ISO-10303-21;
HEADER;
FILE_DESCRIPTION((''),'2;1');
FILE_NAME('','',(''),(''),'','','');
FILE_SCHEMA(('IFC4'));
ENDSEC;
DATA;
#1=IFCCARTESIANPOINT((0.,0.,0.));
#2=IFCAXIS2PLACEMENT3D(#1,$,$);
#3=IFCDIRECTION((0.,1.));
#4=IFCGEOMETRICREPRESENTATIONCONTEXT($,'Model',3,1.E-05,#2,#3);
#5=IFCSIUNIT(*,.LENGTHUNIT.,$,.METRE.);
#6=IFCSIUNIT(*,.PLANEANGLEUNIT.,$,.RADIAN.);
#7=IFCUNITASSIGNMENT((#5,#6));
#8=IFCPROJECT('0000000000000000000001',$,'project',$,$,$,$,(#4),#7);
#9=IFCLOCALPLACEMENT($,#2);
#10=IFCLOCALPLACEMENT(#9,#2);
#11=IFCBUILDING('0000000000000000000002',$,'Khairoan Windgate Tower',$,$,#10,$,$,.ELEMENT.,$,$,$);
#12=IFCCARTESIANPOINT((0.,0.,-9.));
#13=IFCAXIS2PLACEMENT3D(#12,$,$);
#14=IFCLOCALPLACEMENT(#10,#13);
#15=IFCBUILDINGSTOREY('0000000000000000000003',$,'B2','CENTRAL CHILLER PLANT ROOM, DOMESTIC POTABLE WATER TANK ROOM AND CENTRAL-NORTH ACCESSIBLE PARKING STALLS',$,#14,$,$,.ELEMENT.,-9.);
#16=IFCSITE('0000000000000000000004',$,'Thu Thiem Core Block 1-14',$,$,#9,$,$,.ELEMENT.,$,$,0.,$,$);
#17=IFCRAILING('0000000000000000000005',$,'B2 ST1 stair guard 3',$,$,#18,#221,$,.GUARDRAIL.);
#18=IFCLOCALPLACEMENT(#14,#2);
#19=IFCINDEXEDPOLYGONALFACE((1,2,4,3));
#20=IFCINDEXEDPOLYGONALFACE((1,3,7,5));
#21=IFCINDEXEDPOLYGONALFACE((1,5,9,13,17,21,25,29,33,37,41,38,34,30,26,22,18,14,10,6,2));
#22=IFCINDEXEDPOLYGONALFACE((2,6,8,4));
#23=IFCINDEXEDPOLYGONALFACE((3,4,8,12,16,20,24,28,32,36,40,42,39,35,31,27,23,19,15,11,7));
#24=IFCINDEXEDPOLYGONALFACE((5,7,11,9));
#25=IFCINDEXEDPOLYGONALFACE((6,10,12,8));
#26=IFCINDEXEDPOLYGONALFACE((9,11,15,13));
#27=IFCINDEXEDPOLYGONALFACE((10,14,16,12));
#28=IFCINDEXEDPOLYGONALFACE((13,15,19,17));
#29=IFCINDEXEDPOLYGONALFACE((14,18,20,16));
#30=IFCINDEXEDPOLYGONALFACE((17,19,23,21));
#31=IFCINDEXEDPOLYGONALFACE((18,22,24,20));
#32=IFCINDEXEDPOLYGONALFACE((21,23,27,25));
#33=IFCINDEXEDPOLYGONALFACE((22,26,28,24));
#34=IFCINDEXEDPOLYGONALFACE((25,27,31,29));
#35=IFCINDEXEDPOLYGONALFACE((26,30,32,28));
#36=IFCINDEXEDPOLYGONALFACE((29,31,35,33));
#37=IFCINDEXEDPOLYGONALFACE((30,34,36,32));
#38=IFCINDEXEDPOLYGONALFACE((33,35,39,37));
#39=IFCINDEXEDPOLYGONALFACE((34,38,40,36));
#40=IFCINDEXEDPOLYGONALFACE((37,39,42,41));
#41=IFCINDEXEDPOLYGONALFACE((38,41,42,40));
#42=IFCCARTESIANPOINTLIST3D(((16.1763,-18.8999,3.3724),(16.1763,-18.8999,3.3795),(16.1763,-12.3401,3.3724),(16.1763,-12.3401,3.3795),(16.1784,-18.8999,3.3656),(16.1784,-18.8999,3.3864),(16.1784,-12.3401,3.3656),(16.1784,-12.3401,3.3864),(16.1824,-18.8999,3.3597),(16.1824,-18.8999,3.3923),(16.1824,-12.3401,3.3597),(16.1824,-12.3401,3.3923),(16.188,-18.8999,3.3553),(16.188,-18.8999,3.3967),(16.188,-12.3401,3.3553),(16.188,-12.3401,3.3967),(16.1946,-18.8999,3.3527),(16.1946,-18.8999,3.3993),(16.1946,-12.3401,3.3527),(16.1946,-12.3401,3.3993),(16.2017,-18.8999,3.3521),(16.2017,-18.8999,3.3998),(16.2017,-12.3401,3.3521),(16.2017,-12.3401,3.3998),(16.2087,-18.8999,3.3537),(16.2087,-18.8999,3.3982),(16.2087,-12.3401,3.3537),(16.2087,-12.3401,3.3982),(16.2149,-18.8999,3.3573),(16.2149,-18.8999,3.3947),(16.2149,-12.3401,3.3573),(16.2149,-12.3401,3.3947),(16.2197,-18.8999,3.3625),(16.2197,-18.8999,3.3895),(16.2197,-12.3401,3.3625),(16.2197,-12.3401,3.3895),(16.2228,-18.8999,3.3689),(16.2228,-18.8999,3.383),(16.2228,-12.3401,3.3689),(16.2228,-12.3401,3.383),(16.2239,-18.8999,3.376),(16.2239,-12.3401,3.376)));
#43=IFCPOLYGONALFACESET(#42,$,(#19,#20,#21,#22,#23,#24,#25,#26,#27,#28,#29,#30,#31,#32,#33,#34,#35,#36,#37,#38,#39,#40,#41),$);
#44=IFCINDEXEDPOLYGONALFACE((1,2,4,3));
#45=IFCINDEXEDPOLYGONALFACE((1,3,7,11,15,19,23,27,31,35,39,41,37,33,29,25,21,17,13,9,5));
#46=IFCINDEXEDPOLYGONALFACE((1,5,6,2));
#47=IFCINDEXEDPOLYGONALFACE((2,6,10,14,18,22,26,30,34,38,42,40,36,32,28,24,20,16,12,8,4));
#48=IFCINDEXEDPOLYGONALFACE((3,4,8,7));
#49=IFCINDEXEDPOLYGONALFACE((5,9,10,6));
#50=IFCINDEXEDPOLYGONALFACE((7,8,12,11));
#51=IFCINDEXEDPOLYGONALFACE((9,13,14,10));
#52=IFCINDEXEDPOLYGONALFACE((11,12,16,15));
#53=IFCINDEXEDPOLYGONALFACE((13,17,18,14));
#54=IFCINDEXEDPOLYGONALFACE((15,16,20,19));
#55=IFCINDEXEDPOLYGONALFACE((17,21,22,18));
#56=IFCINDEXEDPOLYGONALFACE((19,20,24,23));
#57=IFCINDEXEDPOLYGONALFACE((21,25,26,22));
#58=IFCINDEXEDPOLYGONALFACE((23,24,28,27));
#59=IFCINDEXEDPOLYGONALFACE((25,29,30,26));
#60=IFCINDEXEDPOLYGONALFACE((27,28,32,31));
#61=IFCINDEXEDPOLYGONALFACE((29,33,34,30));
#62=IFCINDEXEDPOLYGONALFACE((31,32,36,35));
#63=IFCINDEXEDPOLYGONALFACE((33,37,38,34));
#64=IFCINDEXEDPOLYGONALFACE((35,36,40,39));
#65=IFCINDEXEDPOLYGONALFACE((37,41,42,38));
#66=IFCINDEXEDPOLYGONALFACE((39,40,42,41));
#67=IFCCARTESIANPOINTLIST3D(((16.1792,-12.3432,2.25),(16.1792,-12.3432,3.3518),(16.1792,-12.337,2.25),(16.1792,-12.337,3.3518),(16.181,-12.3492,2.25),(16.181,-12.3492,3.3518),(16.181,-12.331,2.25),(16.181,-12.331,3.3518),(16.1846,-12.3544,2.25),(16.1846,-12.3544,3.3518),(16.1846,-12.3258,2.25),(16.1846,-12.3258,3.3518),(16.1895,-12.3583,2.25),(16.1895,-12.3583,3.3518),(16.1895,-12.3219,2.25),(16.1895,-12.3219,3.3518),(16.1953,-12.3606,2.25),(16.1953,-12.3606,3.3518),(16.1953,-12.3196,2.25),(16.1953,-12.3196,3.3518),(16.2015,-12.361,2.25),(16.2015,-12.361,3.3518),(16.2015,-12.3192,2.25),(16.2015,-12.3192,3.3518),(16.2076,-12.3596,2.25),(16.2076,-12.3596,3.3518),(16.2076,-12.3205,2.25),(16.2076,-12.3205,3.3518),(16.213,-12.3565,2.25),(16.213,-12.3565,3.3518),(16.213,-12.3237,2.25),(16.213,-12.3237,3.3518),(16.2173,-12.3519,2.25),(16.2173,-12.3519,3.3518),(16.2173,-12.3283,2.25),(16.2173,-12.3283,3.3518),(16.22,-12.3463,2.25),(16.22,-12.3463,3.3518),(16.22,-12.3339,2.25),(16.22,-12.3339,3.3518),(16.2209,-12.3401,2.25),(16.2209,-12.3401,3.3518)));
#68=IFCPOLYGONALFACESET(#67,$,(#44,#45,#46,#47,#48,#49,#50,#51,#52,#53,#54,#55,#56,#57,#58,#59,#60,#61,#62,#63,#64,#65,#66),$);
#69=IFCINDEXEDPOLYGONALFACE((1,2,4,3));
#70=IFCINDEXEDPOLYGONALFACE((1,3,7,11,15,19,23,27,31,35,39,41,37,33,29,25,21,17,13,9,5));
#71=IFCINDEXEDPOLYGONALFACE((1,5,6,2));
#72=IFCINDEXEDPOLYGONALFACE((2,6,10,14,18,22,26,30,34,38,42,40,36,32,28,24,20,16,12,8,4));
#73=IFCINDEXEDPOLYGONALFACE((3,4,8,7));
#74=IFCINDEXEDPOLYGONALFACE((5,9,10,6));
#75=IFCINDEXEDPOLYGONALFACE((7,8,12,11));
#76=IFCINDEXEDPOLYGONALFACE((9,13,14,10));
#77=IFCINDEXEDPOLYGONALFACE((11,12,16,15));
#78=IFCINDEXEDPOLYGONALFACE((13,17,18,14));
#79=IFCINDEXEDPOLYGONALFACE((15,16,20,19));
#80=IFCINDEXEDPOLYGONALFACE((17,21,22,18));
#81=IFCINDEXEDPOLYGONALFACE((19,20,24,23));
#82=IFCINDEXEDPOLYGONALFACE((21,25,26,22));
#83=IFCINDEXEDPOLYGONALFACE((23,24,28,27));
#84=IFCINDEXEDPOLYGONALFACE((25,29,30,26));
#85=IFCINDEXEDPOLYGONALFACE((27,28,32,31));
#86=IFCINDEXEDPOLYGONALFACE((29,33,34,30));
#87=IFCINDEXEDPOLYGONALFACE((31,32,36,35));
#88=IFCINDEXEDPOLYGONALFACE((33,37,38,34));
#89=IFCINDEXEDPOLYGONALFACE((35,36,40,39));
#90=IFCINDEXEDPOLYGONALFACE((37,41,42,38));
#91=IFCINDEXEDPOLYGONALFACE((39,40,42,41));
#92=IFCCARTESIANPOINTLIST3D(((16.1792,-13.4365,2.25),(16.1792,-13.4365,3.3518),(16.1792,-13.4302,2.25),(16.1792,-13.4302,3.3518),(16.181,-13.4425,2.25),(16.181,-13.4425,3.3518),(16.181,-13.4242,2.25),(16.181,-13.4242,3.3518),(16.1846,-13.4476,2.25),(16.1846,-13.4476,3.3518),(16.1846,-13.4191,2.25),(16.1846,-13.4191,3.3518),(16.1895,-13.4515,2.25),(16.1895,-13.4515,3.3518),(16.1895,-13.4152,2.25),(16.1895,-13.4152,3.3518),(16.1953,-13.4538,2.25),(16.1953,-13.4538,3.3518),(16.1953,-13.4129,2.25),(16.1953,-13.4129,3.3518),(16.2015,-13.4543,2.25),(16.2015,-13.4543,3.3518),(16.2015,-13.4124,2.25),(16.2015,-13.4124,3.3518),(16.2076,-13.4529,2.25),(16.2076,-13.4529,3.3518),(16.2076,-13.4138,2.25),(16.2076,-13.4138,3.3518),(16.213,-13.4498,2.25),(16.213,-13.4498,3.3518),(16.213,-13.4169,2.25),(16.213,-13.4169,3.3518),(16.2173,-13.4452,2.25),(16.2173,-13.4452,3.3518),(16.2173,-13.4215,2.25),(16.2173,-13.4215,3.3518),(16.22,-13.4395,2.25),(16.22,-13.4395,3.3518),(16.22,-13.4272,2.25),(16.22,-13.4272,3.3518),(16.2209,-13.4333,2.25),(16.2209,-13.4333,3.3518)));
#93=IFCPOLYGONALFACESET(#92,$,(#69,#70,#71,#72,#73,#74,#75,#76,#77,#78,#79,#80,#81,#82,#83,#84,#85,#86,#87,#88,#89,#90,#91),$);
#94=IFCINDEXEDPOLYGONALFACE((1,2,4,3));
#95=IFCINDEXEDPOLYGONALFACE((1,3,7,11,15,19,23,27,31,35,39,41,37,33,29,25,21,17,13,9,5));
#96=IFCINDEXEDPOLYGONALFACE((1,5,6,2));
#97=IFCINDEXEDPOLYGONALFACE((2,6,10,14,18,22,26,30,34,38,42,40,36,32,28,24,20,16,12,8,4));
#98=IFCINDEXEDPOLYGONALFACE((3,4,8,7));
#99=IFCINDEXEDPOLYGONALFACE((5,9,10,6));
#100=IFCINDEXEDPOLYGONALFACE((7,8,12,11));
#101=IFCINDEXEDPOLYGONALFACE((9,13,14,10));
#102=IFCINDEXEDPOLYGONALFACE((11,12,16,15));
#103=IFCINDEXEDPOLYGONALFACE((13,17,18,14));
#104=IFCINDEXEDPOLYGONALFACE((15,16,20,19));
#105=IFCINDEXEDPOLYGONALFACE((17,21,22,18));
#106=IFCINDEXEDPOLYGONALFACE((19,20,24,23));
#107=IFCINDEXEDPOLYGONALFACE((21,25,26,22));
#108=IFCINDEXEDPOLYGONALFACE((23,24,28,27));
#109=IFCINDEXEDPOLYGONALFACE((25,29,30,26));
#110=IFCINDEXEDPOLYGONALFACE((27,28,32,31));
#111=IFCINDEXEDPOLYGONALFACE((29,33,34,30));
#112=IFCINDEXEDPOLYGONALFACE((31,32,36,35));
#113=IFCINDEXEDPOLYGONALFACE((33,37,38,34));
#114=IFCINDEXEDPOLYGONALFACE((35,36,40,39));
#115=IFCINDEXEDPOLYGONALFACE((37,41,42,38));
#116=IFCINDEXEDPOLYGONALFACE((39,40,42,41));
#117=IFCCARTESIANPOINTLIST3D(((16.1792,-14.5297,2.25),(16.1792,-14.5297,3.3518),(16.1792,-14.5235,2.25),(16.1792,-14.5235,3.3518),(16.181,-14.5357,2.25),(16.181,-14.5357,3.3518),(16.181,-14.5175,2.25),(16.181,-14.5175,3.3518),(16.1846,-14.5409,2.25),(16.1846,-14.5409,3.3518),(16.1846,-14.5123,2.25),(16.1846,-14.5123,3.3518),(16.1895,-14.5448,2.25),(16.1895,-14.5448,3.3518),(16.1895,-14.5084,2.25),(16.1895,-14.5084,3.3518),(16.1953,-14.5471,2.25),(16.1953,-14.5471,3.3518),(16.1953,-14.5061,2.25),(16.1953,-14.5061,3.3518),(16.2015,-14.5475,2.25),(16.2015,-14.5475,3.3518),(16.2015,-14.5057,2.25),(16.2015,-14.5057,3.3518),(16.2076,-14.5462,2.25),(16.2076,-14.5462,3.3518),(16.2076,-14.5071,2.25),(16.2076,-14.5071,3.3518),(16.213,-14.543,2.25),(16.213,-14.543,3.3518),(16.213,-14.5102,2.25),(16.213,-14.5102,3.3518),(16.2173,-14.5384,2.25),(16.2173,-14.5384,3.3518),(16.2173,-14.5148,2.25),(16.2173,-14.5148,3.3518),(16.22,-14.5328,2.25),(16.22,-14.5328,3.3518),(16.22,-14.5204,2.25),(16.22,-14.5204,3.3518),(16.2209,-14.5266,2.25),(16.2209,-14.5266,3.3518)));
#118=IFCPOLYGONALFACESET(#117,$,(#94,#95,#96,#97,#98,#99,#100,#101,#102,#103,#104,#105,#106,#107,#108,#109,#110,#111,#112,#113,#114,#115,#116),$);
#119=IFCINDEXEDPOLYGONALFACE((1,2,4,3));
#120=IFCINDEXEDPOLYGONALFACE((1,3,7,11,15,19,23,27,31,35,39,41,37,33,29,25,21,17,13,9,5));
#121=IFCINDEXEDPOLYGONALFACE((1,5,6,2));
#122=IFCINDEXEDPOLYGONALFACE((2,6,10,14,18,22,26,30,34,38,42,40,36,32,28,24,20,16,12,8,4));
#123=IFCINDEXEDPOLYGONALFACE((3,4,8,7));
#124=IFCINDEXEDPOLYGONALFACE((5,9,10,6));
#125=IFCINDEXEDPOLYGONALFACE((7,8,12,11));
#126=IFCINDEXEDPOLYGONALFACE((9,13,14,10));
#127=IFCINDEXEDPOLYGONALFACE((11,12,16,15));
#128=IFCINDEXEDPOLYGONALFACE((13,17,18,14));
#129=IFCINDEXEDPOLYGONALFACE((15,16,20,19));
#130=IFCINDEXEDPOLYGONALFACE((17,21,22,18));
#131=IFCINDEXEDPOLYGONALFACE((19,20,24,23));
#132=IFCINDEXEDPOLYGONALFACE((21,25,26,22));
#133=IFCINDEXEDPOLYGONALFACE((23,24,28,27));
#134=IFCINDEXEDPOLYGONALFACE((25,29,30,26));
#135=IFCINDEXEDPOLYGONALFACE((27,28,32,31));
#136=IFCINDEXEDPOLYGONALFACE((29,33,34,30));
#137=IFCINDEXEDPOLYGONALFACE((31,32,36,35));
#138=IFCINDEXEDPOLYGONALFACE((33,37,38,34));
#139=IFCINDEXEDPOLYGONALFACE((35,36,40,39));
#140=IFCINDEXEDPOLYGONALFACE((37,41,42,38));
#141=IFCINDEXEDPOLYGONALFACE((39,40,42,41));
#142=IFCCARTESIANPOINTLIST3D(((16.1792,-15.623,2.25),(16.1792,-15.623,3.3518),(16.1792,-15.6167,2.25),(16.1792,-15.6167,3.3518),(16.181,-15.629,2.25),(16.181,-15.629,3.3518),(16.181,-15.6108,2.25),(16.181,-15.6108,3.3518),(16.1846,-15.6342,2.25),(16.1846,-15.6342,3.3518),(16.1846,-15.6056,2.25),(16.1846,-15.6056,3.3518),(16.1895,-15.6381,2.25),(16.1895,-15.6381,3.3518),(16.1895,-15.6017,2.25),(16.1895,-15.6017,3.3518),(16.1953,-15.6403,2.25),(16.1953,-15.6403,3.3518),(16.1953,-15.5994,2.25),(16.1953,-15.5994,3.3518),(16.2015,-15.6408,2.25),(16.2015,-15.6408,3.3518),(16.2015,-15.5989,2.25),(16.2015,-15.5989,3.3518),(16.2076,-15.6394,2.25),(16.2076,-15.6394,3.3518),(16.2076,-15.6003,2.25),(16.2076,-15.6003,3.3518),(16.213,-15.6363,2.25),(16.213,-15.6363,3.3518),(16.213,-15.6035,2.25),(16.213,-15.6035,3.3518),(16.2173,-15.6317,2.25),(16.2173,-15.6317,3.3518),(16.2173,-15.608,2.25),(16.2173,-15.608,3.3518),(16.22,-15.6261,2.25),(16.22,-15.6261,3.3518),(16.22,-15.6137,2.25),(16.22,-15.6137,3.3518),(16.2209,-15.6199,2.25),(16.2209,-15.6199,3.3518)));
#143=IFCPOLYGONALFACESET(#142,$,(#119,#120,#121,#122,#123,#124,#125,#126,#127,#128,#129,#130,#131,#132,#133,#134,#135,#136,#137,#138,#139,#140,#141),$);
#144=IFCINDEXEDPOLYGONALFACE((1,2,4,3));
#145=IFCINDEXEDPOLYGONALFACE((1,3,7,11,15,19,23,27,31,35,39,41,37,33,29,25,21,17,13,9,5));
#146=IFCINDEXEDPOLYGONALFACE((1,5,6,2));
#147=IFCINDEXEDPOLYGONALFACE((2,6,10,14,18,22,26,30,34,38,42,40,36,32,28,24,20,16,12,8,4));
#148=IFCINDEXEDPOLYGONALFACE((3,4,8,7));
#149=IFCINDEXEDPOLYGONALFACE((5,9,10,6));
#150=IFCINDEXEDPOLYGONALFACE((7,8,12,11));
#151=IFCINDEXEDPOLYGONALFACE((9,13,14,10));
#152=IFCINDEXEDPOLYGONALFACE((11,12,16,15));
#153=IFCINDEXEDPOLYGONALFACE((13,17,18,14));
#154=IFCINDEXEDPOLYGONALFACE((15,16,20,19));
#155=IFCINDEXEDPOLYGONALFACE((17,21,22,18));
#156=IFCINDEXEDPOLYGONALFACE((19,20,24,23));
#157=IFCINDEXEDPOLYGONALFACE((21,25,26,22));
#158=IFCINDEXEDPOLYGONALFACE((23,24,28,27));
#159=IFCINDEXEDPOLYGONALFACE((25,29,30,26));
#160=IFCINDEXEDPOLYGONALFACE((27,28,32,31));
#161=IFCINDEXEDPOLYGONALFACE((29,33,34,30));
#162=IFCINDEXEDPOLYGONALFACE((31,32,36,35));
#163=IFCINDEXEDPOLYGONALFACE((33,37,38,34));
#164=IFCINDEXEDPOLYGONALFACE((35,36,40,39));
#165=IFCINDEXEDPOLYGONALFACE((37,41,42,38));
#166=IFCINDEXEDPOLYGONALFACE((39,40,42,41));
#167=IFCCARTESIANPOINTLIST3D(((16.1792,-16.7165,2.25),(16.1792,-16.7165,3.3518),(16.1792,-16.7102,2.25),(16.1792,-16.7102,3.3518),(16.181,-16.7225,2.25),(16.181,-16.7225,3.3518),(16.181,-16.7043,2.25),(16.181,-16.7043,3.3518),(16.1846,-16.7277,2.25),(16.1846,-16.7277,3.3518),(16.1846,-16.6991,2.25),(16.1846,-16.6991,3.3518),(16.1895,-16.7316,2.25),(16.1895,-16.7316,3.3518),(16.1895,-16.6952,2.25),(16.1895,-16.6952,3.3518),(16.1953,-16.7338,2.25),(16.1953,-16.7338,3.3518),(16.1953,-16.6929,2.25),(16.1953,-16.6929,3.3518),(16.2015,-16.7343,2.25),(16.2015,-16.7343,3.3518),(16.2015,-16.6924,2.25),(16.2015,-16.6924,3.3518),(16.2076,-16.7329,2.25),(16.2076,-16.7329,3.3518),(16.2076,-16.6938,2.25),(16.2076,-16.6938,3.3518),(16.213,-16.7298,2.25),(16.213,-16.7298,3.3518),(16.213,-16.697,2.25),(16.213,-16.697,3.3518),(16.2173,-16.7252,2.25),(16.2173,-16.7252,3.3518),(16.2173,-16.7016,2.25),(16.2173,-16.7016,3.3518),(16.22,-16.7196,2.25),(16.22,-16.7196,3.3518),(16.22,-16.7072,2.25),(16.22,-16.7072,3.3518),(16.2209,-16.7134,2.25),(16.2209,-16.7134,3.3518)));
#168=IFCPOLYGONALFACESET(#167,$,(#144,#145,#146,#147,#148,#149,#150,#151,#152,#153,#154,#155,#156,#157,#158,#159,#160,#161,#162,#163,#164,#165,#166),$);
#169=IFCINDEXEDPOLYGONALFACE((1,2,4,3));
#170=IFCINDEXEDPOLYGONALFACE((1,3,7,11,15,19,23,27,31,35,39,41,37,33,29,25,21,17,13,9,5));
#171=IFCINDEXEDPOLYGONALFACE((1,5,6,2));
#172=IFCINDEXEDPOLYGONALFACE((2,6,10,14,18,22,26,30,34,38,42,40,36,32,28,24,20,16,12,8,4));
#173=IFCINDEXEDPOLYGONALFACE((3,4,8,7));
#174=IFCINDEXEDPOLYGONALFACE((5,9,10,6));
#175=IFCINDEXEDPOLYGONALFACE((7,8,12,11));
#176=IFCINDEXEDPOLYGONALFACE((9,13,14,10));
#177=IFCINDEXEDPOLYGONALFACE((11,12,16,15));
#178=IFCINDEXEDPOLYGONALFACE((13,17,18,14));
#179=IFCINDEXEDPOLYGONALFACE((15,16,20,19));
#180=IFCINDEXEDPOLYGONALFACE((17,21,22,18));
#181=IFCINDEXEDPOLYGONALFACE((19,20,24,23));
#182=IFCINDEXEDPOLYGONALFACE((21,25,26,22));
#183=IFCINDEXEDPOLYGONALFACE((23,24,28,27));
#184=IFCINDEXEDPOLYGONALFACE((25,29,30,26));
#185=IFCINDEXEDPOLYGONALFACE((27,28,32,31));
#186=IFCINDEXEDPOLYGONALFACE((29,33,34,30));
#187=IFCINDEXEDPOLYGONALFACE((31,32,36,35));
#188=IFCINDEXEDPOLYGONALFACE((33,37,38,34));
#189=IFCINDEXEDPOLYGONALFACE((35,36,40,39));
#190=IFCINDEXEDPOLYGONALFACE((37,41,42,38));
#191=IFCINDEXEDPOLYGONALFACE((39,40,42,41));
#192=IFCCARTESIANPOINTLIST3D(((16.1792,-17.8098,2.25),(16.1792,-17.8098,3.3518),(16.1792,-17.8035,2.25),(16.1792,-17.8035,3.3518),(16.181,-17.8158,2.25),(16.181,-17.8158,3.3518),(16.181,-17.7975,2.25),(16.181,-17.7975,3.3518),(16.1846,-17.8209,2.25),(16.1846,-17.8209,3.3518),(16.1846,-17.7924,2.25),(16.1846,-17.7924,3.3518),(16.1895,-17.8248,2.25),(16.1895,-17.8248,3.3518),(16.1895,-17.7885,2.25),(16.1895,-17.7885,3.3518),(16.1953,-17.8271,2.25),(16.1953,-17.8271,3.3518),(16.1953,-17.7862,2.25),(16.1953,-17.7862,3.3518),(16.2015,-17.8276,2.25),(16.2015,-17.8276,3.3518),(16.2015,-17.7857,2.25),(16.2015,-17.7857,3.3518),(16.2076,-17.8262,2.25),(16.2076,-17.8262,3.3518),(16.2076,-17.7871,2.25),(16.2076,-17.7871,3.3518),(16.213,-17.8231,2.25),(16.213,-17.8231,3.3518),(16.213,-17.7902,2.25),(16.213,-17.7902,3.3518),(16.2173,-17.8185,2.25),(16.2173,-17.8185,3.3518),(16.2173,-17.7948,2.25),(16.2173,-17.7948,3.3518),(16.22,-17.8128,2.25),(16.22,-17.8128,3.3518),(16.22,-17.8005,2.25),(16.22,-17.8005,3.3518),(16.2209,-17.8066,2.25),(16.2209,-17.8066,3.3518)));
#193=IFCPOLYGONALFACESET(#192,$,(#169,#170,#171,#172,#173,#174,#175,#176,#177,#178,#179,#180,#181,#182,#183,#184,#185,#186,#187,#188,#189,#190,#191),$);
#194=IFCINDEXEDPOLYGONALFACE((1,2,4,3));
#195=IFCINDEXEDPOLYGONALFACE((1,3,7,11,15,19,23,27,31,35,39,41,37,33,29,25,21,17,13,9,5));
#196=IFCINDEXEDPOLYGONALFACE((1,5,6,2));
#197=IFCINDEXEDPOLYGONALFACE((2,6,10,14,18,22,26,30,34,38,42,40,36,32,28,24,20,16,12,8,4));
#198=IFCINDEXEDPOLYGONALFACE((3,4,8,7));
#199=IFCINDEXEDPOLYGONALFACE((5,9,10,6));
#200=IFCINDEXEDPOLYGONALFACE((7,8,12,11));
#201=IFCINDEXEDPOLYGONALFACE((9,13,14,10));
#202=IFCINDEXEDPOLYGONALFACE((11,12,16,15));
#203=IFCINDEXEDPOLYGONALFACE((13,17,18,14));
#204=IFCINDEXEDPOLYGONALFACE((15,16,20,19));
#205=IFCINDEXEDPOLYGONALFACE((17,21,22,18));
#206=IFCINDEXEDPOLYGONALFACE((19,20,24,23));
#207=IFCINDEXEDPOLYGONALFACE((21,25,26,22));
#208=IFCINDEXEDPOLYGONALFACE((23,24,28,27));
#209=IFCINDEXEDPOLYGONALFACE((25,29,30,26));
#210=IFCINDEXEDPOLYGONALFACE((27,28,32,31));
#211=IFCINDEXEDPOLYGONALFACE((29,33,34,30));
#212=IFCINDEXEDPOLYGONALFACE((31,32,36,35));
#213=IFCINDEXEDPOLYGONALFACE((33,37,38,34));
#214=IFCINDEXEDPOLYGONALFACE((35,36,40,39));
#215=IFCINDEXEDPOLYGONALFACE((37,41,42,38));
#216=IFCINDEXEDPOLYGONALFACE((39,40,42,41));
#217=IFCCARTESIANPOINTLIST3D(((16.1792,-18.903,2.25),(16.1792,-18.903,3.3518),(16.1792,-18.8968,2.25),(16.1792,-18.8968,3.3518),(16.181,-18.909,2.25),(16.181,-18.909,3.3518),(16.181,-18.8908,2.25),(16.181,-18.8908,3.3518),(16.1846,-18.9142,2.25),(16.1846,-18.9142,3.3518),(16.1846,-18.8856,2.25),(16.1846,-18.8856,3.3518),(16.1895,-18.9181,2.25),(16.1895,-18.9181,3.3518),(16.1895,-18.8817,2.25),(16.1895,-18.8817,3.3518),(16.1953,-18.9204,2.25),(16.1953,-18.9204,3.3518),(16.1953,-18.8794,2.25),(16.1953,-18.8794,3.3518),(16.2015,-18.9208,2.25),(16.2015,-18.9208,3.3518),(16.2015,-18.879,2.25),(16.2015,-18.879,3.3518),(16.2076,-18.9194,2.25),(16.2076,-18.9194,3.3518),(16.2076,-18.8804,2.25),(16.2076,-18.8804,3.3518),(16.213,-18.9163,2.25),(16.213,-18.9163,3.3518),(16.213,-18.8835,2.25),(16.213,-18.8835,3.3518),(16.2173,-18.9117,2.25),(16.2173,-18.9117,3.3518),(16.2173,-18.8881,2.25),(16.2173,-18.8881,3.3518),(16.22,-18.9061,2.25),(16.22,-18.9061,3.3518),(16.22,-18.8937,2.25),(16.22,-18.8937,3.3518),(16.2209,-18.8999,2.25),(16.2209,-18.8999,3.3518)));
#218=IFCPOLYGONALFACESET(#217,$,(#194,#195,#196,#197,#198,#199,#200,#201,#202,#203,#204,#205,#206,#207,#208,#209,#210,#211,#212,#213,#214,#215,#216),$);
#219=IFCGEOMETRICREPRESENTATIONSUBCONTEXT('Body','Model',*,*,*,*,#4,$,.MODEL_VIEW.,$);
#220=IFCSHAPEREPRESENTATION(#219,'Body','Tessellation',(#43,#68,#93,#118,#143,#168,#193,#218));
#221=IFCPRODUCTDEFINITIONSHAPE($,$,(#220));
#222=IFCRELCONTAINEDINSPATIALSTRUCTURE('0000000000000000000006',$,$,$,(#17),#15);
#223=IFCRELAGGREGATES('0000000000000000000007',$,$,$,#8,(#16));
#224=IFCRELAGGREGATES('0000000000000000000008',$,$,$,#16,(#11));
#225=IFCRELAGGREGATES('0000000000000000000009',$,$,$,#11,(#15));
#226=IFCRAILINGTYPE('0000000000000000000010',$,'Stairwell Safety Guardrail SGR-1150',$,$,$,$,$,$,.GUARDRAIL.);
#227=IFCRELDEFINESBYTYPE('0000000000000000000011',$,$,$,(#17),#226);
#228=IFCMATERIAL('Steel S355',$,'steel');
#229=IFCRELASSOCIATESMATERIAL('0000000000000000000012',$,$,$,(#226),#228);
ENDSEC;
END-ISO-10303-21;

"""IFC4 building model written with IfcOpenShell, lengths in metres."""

from ifc_helpers import new_model, si_unit, direction, frame, origin, origin_2d, place, context, subcontext, project, spatial, circle, extrude, material, type_object, element, save


model = new_model("IFC4")

# Units and contexts
model_context = context("Model", 3, precision=1e-05, world=origin(), true_north=direction((0.0, 1.0)))
body_context = subcontext(model_context, "Body", "Model", "MODEL_VIEW")
ifc_project = project(units=[si_unit("LENGTHUNIT", "METRE"), si_unit("PLANEANGLEUNIT", "RADIAN")], contexts=[model_context])

# Site, building, storey
site_placement = place(None, origin())
site = spatial("IfcSite", under=ifc_project, at=site_placement, Name="Thu Thiem Core Block 1-14", CompositionType="ELEMENT", RefElevation=0.0)
building_placement = place(site_placement, origin())
building = spatial("IfcBuilding", under=site, at=building_placement, Name="Khairoan Windgate Tower", CompositionType="ELEMENT")
storey_placement = place(building_placement, frame((0.0, 0.0, -9.0)))
storey = spatial("IfcBuildingStorey", under=building, at=storey_placement, Name="B2", Description="CENTRAL CHILLER PLANT ROOM, DOMESTIC POTABLE WATER TANK ROOM AND CENTRAL-NORTH ACCESSIBLE PARKING STALLS", CompositionType="ELEMENT", Elevation=-9.0)

# Railing
ifc_material_1 = material(Name="Steel S355", Category="steel")
railing_type = type_object("IfcRailingType", Name="Stairwell Safety Guardrail SGR-1150", PredefinedType="GUARDRAIL", material=ifc_material_1)
railing_1_placement = place(storey_placement, frame((16.2, -12.3401, 2.25)))
element("IfcRailing", 1, at=railing_1_placement, inside=storey, type_object=railing_type, Name="B2 ST1 stair guard 3", PredefinedType="GUARDRAIL", context=body_context, shape_type="SweptSolid", body=[
    extrude(circle(Radius=0.0239, at=origin_2d()), frame((0.0, 0.0, 1.126), z_axis=(0.0, -1.0, 0.0), x_axis=(1.0, 0.0, 0.0)), (0.0, 0.0, 1.0), 6.5598),
    extrude(circle(Radius=0.021, at=origin_2d()), origin(), (0.0, 0.0, 1.0), 1.1018),
    extrude(circle(Radius=0.021, at=origin_2d()), frame((0.0, -1.0933, 0.0)), (0.0, 0.0, 1.0), 1.1018),
    extrude(circle(Radius=0.021, at=origin_2d()), frame((0.0, -2.1865, 0.0)), (0.0, 0.0, 1.0), 1.1018),
    extrude(circle(Radius=0.021, at=origin_2d()), frame((0.0, -3.2798, 0.0)), (0.0, 0.0, 1.0), 1.1018),
    extrude(circle(Radius=0.021, at=origin_2d()), frame((0.0, -4.3733, 0.0)), (0.0, 0.0, 1.0), 1.1018),
    extrude(circle(Radius=0.021, at=origin_2d()), frame((0.0, -5.4666, 0.0)), (0.0, 0.0, 1.0), 1.1018),
    extrude(circle(Radius=0.021, at=origin_2d()), frame((0.0, -6.5598, 0.0)), (0.0, 0.0, 1.0), 1.1018),
])

save(model, "model.ifc")
